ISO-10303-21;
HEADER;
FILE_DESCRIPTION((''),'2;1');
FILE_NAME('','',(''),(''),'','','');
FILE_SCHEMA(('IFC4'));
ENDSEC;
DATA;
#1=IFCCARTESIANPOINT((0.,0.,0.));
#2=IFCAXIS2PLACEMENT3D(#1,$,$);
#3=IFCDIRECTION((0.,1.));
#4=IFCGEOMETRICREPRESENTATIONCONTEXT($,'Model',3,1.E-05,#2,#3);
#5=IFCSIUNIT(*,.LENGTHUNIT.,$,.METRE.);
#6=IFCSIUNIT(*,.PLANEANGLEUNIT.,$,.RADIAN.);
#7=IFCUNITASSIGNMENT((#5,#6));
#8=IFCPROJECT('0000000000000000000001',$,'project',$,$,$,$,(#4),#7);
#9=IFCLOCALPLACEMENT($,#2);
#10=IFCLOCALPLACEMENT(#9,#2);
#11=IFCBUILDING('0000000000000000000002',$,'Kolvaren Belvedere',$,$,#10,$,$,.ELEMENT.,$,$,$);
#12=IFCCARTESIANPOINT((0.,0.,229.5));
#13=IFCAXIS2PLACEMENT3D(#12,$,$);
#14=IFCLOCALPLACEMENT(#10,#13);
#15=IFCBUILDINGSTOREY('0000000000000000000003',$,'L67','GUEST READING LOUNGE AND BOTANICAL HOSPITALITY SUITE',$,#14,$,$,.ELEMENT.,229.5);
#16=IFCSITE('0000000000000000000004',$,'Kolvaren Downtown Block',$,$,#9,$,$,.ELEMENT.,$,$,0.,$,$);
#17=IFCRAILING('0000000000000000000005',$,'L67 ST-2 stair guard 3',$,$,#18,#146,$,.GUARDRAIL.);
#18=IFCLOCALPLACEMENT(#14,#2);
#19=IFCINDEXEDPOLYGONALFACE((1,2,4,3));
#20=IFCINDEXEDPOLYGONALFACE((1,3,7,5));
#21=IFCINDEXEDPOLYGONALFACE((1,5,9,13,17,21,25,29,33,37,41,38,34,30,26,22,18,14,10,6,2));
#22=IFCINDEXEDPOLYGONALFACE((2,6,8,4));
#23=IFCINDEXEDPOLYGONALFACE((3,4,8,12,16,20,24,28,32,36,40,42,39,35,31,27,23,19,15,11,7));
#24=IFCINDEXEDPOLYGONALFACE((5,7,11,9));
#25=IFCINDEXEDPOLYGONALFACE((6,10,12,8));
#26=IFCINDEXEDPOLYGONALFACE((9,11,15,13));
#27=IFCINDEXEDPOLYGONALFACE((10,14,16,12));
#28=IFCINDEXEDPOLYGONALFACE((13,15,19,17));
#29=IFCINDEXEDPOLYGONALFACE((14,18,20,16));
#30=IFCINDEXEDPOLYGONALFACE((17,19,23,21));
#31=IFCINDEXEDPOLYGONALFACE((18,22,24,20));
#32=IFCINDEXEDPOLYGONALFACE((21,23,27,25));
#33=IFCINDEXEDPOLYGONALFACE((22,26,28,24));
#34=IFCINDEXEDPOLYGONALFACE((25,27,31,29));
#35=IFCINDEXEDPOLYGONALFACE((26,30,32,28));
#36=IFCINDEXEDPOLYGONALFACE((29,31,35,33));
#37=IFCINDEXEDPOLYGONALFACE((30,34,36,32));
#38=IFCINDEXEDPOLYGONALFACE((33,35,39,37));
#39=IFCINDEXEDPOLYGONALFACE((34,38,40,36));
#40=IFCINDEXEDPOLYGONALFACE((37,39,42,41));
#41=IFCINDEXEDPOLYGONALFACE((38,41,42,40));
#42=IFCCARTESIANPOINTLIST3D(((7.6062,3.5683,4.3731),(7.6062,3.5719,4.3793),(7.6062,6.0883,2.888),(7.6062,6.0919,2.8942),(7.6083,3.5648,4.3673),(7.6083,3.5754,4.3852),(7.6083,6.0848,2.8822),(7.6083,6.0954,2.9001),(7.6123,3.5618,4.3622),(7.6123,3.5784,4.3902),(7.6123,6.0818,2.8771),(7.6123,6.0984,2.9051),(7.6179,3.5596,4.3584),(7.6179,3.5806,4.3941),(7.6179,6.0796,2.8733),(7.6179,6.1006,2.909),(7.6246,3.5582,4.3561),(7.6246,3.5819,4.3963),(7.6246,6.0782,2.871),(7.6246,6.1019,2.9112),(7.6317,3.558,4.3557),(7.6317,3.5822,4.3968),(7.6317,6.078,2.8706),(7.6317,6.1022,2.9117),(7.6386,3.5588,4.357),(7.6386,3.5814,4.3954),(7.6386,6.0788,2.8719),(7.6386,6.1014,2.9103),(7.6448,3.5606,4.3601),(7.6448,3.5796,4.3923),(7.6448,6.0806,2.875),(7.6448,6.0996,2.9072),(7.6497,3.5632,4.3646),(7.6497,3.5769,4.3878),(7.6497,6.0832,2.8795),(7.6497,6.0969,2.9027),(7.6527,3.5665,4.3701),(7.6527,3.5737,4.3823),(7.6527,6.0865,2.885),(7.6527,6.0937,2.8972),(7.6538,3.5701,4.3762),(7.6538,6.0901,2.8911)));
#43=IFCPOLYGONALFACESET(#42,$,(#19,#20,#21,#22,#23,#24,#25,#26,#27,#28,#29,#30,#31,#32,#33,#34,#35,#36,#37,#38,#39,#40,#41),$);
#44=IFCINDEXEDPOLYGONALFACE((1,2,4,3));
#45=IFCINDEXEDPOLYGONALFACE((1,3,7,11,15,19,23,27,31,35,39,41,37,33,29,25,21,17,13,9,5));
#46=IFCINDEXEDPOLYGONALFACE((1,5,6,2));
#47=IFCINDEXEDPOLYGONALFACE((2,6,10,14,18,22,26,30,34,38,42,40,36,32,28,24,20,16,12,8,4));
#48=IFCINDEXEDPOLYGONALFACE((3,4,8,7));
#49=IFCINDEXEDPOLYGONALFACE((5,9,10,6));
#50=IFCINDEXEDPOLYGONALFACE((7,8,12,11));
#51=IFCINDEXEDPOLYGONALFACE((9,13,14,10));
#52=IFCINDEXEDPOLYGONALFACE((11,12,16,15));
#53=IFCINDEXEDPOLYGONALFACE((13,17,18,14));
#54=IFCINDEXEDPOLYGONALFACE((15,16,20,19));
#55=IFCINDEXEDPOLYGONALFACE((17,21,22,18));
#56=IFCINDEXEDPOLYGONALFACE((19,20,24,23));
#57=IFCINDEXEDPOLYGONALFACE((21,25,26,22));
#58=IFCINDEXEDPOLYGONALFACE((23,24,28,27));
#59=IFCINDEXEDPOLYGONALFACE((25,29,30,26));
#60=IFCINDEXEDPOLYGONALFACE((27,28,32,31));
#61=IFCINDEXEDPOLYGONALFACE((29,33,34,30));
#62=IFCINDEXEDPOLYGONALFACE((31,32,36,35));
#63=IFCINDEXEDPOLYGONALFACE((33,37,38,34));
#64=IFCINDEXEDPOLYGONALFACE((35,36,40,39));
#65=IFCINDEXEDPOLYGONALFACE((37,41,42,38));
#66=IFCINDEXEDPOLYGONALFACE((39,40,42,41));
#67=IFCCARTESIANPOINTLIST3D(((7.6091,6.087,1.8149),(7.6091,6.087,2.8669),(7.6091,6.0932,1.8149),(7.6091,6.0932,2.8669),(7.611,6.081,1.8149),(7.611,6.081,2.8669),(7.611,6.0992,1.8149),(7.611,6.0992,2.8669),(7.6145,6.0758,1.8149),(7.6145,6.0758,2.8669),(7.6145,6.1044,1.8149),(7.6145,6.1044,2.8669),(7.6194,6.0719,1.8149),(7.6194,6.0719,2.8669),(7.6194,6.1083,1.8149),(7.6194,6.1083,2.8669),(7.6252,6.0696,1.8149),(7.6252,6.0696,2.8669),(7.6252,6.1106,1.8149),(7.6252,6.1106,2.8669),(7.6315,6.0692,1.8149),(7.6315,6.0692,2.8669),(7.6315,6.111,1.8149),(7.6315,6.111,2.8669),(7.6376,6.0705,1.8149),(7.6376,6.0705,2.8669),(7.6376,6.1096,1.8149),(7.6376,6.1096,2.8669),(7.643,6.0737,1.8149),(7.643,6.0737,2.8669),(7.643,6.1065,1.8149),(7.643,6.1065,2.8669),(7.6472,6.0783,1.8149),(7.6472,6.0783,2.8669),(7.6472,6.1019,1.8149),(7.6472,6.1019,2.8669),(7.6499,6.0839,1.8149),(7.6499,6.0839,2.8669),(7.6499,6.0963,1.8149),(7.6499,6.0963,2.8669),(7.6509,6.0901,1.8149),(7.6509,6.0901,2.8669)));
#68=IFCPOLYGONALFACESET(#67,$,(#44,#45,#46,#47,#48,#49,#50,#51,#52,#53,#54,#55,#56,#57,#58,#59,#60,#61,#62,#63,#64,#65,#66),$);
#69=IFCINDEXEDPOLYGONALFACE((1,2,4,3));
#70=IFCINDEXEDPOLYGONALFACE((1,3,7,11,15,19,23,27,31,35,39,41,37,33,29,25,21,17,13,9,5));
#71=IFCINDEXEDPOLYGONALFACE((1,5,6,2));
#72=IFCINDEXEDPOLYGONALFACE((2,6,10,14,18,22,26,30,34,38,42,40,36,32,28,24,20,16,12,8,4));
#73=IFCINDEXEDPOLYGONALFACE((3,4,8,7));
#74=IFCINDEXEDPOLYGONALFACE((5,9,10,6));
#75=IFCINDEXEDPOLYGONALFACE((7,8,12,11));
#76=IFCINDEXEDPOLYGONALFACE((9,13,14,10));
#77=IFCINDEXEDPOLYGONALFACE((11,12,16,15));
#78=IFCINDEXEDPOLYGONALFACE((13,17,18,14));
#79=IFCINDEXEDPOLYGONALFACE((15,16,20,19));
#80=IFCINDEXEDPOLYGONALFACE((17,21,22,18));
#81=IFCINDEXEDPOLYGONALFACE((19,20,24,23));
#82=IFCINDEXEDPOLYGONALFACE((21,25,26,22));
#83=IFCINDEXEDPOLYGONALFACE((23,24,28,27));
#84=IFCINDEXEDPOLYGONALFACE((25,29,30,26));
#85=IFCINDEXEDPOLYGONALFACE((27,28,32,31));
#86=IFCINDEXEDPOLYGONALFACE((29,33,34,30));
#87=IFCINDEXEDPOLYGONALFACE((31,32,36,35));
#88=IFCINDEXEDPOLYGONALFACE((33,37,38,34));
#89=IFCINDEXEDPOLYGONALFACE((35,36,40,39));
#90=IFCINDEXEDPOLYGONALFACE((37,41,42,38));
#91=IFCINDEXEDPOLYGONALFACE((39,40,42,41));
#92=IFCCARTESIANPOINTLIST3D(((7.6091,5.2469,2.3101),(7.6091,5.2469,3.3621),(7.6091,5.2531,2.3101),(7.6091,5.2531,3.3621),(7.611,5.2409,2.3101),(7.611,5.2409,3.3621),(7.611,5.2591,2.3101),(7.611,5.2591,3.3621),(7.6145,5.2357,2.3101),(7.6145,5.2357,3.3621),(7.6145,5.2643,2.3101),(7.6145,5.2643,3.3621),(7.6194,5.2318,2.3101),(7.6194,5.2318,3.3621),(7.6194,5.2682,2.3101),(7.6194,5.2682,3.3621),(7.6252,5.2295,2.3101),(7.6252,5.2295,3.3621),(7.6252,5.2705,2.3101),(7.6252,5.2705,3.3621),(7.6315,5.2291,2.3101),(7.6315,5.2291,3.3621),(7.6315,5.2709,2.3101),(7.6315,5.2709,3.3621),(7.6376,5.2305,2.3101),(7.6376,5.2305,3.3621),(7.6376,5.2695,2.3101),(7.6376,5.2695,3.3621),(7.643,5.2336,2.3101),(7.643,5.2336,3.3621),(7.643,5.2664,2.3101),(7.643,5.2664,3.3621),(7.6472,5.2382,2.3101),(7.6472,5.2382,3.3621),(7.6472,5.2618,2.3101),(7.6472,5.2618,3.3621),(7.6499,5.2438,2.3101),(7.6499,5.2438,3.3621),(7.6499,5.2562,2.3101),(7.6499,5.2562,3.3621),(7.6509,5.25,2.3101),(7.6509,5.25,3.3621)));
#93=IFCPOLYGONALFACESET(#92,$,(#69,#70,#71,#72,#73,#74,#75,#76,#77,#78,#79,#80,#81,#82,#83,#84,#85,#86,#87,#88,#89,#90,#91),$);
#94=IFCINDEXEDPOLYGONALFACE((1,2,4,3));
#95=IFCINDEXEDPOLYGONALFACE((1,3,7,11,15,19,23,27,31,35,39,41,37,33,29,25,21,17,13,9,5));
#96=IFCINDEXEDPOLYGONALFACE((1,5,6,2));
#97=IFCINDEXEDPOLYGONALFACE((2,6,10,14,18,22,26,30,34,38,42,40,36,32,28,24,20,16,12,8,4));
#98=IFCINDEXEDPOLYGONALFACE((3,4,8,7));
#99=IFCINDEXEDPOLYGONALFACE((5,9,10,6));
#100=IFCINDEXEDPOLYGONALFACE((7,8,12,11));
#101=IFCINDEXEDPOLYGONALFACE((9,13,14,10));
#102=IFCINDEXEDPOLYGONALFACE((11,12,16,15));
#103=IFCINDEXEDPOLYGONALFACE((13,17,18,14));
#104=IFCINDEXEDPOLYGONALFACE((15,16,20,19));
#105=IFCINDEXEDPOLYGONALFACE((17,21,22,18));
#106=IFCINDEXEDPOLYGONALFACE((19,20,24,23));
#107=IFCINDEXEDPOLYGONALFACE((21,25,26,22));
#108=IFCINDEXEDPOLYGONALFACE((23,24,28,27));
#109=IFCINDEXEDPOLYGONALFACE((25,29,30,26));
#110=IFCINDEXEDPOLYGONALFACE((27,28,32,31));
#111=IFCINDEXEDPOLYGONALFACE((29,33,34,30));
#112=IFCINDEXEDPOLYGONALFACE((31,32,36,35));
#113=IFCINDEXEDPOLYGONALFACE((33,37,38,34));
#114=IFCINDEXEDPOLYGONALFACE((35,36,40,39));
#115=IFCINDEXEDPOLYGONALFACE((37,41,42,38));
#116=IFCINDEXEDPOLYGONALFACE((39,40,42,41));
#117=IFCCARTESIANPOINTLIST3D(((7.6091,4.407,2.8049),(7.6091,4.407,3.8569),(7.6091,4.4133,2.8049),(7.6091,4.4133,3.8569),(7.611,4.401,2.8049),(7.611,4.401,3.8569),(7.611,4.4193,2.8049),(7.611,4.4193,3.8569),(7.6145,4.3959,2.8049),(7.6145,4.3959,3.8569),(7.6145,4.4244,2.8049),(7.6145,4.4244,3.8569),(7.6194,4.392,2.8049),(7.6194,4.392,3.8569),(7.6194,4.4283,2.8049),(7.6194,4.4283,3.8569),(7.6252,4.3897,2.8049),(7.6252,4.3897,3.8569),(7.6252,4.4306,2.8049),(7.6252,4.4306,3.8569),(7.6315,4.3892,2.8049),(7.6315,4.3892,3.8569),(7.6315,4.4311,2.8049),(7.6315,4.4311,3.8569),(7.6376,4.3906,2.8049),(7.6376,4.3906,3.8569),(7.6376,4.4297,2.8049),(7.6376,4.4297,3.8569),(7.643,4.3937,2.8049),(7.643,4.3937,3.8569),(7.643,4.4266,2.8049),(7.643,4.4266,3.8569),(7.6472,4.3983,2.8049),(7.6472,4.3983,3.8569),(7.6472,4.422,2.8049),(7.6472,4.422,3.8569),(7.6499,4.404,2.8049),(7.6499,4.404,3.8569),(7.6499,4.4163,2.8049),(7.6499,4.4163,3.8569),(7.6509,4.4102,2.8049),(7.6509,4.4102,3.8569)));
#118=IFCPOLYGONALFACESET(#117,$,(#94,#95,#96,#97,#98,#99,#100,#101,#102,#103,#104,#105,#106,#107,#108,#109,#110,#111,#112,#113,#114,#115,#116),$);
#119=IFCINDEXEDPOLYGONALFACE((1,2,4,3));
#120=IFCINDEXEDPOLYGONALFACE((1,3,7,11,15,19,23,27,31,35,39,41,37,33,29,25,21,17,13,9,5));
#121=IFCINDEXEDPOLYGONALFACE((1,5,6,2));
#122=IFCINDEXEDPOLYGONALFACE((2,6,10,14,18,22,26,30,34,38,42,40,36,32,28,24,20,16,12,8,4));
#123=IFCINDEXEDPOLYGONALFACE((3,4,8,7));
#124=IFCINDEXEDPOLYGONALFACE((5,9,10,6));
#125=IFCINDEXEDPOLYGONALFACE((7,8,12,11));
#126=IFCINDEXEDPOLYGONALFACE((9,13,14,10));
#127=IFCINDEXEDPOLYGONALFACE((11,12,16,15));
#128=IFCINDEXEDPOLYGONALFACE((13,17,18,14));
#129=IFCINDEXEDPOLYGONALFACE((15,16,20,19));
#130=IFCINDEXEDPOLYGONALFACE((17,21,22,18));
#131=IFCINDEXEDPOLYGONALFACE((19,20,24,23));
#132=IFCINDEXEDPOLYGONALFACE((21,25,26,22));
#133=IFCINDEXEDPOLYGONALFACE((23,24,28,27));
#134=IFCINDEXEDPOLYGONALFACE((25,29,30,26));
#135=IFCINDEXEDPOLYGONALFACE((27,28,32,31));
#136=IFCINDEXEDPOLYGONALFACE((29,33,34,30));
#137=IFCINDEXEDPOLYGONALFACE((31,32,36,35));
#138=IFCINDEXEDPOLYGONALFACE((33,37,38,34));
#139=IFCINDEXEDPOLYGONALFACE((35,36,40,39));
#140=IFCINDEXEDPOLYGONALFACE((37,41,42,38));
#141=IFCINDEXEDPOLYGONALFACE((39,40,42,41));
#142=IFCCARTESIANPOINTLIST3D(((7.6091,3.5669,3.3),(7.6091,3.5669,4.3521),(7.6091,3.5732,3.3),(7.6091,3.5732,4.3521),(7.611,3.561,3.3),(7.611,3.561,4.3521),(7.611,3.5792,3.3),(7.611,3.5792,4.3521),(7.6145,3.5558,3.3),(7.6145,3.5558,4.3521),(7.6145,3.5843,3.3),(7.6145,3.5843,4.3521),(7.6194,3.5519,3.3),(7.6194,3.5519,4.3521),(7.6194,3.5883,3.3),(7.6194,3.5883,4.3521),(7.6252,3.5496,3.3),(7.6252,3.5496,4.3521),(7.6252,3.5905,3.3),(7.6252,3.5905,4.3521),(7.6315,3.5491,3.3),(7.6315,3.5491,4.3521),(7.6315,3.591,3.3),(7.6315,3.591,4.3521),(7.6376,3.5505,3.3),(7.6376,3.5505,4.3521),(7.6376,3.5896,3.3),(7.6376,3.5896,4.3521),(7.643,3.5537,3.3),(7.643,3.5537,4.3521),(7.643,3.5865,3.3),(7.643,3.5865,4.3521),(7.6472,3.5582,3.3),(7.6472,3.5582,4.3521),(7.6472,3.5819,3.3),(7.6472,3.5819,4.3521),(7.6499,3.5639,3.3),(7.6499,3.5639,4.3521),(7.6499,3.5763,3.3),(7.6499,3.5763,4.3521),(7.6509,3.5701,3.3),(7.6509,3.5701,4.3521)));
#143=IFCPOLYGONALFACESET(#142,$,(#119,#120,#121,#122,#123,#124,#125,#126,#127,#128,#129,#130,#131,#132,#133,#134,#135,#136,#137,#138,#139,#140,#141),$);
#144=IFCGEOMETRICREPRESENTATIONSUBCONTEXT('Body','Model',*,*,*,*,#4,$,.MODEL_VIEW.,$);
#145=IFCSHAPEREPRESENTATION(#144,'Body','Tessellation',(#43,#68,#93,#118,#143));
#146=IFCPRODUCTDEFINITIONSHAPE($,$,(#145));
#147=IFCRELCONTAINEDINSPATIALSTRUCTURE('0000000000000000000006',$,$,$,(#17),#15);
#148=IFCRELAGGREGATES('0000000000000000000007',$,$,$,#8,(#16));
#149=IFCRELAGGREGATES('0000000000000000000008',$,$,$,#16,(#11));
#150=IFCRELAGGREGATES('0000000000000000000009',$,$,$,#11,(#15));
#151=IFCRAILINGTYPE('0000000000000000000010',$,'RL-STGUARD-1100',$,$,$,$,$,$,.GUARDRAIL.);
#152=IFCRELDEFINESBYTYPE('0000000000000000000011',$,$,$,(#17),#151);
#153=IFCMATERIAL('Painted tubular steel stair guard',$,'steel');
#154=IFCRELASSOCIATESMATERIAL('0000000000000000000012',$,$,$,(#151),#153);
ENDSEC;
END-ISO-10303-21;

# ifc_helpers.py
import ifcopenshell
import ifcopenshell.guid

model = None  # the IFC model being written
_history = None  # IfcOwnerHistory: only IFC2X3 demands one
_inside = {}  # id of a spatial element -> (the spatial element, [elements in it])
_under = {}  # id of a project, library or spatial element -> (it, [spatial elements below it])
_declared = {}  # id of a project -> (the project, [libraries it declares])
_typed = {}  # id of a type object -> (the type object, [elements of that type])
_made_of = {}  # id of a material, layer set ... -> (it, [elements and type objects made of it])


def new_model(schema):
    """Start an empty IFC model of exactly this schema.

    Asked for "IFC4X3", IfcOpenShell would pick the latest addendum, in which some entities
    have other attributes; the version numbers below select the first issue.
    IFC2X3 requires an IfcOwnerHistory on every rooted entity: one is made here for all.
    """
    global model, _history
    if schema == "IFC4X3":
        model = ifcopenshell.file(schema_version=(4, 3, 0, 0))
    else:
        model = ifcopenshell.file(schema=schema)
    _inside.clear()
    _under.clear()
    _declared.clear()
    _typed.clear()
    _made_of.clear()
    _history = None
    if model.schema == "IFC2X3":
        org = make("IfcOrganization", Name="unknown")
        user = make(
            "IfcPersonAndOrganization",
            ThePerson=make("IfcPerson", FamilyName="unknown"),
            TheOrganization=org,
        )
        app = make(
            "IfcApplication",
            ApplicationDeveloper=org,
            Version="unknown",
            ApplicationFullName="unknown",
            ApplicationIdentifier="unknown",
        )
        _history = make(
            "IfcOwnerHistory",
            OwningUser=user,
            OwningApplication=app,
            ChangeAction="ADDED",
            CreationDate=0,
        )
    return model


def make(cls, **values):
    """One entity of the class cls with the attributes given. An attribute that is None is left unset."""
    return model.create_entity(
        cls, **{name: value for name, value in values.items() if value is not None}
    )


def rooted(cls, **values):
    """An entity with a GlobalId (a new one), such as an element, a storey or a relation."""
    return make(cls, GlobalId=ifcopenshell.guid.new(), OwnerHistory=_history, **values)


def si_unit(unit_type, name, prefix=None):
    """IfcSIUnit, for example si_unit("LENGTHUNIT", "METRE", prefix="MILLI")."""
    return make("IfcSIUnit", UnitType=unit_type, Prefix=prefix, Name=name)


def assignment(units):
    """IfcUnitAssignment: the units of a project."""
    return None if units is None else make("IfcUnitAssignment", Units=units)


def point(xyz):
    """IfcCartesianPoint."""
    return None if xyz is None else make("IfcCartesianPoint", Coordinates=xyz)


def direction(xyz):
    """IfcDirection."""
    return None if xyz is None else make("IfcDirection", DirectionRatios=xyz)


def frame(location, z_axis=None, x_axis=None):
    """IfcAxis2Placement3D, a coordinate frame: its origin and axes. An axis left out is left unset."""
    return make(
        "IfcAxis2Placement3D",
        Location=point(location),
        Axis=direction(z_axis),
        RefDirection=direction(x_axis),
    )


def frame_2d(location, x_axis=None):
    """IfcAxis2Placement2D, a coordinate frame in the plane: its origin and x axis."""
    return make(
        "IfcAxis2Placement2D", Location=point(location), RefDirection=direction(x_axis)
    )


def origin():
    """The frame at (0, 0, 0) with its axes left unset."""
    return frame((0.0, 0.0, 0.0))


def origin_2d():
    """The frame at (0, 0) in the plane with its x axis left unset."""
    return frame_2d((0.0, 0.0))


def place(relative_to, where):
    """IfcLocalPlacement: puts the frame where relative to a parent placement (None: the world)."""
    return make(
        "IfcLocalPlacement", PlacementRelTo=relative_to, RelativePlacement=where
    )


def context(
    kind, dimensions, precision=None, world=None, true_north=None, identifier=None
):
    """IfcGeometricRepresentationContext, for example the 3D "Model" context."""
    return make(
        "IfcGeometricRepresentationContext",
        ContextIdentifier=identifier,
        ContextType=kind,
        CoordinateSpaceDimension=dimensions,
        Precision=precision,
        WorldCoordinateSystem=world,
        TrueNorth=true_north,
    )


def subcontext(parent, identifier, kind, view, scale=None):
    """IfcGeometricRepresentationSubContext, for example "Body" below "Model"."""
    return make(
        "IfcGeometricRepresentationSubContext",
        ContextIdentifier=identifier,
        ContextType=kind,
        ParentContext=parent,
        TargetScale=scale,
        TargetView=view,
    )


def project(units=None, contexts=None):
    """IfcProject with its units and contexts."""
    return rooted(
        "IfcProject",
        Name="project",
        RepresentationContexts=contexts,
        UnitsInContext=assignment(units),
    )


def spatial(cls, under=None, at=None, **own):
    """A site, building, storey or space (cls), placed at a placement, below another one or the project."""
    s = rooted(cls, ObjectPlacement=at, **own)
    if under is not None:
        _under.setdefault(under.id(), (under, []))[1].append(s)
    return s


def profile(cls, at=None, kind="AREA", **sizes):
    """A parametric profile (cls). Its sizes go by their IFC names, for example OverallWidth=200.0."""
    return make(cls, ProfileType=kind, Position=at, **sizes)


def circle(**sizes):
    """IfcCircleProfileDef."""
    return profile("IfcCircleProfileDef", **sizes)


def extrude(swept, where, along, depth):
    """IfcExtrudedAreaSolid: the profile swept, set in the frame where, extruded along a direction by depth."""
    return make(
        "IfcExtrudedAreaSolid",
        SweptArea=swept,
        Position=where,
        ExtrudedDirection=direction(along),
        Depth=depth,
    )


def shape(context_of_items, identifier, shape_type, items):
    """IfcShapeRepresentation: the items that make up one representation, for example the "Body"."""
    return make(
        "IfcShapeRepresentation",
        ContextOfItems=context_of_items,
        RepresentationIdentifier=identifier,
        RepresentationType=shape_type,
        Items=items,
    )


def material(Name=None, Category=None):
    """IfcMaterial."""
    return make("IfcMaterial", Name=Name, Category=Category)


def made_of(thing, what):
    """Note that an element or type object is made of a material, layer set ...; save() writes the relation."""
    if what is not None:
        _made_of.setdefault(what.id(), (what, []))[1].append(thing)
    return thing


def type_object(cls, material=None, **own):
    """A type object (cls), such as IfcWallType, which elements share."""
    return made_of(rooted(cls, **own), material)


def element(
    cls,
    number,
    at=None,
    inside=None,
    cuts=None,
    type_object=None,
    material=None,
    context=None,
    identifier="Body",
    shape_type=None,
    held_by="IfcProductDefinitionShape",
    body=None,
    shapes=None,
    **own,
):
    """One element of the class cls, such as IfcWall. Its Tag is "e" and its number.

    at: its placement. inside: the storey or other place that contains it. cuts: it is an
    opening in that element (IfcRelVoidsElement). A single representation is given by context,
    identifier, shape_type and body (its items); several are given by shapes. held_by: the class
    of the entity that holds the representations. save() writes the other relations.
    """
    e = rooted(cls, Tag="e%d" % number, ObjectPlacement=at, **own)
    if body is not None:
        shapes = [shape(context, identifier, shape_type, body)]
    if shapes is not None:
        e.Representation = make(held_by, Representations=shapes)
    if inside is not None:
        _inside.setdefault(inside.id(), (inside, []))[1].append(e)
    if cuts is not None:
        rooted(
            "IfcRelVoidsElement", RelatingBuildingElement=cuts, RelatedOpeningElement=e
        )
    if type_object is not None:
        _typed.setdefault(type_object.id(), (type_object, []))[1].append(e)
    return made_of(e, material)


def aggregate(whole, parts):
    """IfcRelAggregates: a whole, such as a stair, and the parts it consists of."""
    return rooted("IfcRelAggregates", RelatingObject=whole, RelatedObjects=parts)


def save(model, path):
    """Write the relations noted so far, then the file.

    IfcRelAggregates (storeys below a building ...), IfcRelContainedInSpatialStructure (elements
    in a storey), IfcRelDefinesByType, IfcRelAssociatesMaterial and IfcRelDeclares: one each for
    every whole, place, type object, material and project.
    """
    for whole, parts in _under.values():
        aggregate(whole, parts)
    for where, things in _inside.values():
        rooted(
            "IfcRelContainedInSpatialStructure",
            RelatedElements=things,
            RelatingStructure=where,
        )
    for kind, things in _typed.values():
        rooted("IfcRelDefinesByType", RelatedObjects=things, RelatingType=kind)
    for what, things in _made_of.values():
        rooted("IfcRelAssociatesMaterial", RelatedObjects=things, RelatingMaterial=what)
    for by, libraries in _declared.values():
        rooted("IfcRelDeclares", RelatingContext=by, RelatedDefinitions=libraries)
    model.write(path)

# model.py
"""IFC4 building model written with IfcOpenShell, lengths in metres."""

from ifc_helpers import new_model, si_unit, direction, frame, origin, origin_2d, place, context, subcontext, project, spatial, circle, extrude, material, type_object, element, save


model = new_model("IFC4")

# Units and contexts
model_context = context("Model", 3, precision=1e-05, world=origin(), true_north=direction((0.0, 1.0)))
body_context = subcontext(model_context, "Body", "Model", "MODEL_VIEW")
ifc_project = project(units=[si_unit("LENGTHUNIT", "METRE"), si_unit("PLANEANGLEUNIT", "RADIAN")], contexts=[model_context])

# Site, building, storey
site_placement = place(None, origin())
site = spatial("IfcSite", under=ifc_project, at=site_placement, Name="Kolvaren Downtown Block", CompositionType="ELEMENT", RefElevation=0.0)
building_placement = place(site_placement, origin())
building = spatial("IfcBuilding", under=site, at=building_placement, Name="Kolvaren Belvedere", CompositionType="ELEMENT")
storey_placement = place(building_placement, frame((0.0, 0.0, 229.5)))
storey = spatial("IfcBuildingStorey", under=building, at=storey_placement, Name="L67", Description="GUEST READING LOUNGE AND BOTANICAL HOSPITALITY SUITE", CompositionType="ELEMENT", Elevation=229.5)

# Railing
ifc_material_1 = material(Name="Painted tubular steel stair guard", Category="steel")
railing_type_1 = type_object("IfcRailingType", Name="RL-STGUARD-1100", PredefinedType="GUARDRAIL", material=ifc_material_1)
railing_1_placement = place(storey_placement, frame((7.6299, 6.0901, 1.8149)))
element("IfcRailing", 1, at=railing_1_placement, inside=storey, type_object=railing_type_1, Name="L67 ST-2 stair guard 3", PredefinedType="GUARDRAIL", context=body_context, shape_type="SweptSolid", body=[
    extrude(circle(Radius=0.0239, at=origin_2d()), frame((0.0, 0.0, 1.0762), z_axis=(0.0, -0.861524, 0.507717), x_axis=(1.0, 0.0, 0.0)), (0.0, 0.0, 1.0), 2.925),
    extrude(circle(Radius=0.021, at=origin_2d()), origin(), (0.0, 0.0, 1.0), 1.052),
    extrude(circle(Radius=0.021, at=origin_2d()), frame((0.0, -0.8401, 0.4951)), (0.0, 0.0, 1.0), 1.052),
    extrude(circle(Radius=0.021, at=origin_2d()), frame((0.0, -1.6799, 0.99)), (0.0, 0.0, 1.0), 1.052),
    extrude(circle(Radius=0.021, at=origin_2d()), frame((0.0, -2.52, 1.4851)), (0.0, 0.0, 1.0), 1.052),
])

save(model, "model.ifc")
